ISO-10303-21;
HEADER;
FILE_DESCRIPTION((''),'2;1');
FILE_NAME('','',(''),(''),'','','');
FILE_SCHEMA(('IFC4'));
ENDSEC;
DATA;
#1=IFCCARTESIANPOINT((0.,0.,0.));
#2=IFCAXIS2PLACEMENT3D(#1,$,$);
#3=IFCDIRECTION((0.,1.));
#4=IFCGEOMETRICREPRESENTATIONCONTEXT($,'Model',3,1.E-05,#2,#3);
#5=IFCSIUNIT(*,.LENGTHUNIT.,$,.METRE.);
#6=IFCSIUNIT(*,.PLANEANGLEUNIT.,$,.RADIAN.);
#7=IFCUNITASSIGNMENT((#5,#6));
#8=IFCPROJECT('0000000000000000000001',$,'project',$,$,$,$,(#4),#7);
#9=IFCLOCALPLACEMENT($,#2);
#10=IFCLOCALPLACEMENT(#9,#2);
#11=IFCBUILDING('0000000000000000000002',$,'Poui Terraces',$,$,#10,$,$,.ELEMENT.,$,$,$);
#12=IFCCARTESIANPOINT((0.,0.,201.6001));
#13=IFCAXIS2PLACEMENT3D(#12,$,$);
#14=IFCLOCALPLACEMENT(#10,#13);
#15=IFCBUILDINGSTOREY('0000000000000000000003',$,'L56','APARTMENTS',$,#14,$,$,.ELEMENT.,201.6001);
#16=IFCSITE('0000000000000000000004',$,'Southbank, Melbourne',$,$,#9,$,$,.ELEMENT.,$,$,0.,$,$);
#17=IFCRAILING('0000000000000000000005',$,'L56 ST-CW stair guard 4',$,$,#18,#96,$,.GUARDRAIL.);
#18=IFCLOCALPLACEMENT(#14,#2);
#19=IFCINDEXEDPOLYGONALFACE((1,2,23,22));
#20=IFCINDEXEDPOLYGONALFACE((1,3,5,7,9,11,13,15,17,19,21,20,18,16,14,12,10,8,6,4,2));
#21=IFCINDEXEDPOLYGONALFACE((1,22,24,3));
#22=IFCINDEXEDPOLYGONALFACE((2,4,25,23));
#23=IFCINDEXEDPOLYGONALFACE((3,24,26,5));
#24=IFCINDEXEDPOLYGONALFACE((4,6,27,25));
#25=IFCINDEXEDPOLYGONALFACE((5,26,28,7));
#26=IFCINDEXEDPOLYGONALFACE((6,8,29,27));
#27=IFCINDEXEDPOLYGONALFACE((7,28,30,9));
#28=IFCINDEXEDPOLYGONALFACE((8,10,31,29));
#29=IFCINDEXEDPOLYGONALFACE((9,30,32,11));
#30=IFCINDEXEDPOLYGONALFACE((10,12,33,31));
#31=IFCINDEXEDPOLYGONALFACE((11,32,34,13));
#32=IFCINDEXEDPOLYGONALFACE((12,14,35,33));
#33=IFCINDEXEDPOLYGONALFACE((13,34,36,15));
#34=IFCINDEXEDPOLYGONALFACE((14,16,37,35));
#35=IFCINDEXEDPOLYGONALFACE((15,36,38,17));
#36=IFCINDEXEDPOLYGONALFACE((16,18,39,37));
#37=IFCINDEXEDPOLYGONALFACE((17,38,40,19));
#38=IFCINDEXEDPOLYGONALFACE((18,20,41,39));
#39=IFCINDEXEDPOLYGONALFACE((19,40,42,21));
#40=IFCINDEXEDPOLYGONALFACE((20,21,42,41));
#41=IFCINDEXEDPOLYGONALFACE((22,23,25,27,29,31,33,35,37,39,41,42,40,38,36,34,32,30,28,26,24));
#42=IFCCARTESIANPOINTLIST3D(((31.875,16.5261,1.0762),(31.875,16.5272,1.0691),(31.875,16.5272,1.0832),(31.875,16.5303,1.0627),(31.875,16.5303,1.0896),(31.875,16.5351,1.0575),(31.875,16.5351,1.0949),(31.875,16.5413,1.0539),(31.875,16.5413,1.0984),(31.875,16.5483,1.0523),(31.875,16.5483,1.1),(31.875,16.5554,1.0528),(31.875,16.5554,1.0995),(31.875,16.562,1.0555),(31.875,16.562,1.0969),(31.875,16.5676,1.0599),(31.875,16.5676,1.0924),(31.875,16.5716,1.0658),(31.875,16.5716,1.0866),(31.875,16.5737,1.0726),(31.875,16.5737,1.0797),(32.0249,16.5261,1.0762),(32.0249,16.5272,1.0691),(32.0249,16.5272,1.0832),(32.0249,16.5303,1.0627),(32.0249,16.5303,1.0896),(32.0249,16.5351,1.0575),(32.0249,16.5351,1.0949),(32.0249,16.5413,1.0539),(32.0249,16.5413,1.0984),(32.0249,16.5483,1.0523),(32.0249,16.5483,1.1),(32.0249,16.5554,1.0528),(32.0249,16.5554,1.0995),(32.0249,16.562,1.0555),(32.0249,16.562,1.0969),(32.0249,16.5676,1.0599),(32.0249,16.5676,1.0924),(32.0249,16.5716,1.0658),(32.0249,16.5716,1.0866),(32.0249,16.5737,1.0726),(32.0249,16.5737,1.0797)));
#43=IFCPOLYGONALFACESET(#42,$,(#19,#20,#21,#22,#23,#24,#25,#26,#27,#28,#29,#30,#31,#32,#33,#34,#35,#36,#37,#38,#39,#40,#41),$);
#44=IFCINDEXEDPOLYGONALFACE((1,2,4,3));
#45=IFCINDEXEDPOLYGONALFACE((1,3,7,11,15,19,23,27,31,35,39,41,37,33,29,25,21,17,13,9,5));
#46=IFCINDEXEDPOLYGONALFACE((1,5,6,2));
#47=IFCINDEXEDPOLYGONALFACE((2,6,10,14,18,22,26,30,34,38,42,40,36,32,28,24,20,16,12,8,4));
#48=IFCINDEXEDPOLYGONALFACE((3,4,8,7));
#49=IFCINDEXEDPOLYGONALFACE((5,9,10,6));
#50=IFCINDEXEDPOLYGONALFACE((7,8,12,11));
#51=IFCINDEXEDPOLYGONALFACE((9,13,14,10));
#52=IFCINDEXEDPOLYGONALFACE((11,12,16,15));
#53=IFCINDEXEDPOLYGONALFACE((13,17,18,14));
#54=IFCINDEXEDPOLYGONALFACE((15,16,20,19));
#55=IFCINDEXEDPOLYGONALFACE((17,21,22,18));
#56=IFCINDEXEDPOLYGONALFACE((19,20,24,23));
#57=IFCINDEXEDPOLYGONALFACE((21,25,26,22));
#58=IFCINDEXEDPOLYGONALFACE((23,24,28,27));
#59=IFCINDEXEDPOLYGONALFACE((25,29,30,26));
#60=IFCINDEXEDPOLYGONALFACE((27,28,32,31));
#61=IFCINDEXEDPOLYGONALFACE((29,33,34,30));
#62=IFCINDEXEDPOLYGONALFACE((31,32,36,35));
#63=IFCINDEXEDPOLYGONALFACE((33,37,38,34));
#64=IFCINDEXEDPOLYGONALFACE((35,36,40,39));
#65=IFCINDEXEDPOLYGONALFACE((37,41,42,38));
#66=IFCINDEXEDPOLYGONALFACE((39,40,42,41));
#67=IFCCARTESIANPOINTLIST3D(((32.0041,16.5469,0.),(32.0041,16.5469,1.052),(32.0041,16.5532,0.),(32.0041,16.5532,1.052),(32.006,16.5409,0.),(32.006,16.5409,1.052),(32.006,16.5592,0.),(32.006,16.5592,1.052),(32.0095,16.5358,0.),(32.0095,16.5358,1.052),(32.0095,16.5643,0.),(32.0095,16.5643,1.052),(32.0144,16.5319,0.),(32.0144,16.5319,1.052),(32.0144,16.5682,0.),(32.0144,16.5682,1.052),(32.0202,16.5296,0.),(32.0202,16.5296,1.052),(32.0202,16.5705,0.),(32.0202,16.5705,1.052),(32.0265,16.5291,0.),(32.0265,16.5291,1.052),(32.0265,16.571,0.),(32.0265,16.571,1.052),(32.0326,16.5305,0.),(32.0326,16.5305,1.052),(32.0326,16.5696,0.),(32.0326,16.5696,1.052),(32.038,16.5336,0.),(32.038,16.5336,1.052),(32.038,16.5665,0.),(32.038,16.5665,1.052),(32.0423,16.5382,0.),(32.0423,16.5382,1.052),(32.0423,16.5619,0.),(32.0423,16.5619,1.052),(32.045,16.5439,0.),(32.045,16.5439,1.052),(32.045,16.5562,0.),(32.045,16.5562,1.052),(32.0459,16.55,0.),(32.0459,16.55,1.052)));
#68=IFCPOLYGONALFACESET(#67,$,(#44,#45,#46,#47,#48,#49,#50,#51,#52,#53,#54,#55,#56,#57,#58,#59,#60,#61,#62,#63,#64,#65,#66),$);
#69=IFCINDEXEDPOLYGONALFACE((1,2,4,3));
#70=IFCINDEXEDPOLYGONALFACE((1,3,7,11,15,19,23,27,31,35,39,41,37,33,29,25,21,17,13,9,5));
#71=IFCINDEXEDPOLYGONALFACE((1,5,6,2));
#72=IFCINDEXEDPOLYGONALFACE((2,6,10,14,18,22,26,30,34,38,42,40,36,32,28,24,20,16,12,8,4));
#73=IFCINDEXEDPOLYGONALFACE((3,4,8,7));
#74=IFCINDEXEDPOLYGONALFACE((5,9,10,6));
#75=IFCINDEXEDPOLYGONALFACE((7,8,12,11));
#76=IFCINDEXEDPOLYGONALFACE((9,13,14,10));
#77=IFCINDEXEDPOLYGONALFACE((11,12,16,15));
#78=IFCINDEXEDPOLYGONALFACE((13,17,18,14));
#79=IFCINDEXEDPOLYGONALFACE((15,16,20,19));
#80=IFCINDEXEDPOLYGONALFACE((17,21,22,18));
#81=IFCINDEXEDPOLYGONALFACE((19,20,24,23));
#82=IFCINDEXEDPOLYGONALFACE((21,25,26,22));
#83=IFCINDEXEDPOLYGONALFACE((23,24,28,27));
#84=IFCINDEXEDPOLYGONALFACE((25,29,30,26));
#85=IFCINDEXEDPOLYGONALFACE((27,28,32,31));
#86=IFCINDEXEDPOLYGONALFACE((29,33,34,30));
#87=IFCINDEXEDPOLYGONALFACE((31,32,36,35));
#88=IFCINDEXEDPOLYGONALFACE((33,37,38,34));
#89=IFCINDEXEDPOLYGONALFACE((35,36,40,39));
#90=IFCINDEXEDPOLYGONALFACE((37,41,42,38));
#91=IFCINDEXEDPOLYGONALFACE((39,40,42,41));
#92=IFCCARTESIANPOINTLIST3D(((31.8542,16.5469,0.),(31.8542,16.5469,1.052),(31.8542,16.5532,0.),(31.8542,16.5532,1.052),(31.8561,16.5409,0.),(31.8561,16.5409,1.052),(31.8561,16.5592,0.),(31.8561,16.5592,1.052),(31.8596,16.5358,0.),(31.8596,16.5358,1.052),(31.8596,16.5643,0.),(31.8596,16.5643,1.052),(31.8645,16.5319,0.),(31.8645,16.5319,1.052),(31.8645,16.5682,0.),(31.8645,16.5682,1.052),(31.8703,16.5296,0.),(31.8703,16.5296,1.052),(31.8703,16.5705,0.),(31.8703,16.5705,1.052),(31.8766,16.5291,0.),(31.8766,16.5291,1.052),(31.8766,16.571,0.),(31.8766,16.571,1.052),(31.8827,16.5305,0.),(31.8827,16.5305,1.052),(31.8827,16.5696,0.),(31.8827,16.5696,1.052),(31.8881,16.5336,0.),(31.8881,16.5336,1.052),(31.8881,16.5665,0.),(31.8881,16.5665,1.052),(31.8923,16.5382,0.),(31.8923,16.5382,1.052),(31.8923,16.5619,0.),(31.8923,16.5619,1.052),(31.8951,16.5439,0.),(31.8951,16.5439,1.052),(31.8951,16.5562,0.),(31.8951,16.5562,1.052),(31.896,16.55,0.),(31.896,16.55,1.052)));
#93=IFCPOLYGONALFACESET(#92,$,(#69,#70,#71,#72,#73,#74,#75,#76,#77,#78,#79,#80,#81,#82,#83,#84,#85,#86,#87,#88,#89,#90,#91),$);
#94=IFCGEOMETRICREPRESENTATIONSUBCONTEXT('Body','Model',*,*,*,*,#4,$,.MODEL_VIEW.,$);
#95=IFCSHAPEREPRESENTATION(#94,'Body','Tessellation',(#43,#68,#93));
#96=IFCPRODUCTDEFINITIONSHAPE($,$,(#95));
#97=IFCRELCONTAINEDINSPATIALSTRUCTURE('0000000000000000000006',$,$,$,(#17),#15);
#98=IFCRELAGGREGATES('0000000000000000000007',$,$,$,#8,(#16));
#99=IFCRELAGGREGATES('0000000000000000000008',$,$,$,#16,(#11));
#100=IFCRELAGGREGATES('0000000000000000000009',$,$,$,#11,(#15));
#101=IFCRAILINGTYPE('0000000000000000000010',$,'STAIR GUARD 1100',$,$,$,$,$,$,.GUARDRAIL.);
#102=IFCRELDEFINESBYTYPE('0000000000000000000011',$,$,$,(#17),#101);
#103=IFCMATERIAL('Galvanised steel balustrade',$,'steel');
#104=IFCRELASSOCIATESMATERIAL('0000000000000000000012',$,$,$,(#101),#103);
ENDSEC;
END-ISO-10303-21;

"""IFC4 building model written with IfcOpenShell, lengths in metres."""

from ifc_helpers import new_model, si_unit, direction, frame, origin, origin_2d, place, context, subcontext, project, spatial, circle, extrude, material, type_object, element, save


model = new_model("IFC4")

# Units and contexts
model_context = context("Model", 3, precision=1e-05, world=origin(), true_north=direction((0.0, 1.0)))
body_context = subcontext(model_context, "Body", "Model", "MODEL_VIEW")
ifc_project = project(units=[si_unit("LENGTHUNIT", "METRE"), si_unit("PLANEANGLEUNIT", "RADIAN")], contexts=[model_context])

# Site, building, storey
site_placement = place(None, origin())
site = spatial("IfcSite", under=ifc_project, at=site_placement, Name="Southbank, Melbourne", CompositionType="ELEMENT", RefElevation=0.0)
building_placement = place(site_placement, origin())
building = spatial("IfcBuilding", under=site, at=building_placement, Name="Poui Terraces", CompositionType="ELEMENT")
storey_placement = place(building_placement, frame((0.0, 0.0, 201.6001)))
storey = spatial("IfcBuildingStorey", under=building, at=storey_placement, Name="L56", Description="APARTMENTS", CompositionType="ELEMENT", Elevation=201.6001)

# Railing
ifc_material_1 = material(Name="Galvanised steel balustrade", Category="steel")
railing_type_1 = type_object("IfcRailingType", Name="STAIR GUARD 1100", PredefinedType="GUARDRAIL", material=ifc_material_1)
railing_1_placement = place(storey_placement, frame((32.0249, 16.55, 0.0)))
element("IfcRailing", 1, at=railing_1_placement, inside=storey, type_object=railing_type_1, Name="L56 ST-CW stair guard 4", PredefinedType="GUARDRAIL", context=body_context, shape_type="SweptSolid", body=[
    extrude(circle(Radius=0.0239, at=origin_2d()), frame((0.0, 0.0, 1.0762), z_axis=(-1.0, 0.0, 0.0), x_axis=(0.0, -1.0, 0.0)), (0.0, 0.0, 1.0), 0.1499),
    extrude(circle(Radius=0.021, at=origin_2d()), origin(), (0.0, 0.0, 1.0), 1.052),
    extrude(circle(Radius=0.021, at=origin_2d()), frame((-0.1499, 0.0, 0.0)), (0.0, 0.0, 1.0), 1.052),
])

save(model, "model.ifc")
